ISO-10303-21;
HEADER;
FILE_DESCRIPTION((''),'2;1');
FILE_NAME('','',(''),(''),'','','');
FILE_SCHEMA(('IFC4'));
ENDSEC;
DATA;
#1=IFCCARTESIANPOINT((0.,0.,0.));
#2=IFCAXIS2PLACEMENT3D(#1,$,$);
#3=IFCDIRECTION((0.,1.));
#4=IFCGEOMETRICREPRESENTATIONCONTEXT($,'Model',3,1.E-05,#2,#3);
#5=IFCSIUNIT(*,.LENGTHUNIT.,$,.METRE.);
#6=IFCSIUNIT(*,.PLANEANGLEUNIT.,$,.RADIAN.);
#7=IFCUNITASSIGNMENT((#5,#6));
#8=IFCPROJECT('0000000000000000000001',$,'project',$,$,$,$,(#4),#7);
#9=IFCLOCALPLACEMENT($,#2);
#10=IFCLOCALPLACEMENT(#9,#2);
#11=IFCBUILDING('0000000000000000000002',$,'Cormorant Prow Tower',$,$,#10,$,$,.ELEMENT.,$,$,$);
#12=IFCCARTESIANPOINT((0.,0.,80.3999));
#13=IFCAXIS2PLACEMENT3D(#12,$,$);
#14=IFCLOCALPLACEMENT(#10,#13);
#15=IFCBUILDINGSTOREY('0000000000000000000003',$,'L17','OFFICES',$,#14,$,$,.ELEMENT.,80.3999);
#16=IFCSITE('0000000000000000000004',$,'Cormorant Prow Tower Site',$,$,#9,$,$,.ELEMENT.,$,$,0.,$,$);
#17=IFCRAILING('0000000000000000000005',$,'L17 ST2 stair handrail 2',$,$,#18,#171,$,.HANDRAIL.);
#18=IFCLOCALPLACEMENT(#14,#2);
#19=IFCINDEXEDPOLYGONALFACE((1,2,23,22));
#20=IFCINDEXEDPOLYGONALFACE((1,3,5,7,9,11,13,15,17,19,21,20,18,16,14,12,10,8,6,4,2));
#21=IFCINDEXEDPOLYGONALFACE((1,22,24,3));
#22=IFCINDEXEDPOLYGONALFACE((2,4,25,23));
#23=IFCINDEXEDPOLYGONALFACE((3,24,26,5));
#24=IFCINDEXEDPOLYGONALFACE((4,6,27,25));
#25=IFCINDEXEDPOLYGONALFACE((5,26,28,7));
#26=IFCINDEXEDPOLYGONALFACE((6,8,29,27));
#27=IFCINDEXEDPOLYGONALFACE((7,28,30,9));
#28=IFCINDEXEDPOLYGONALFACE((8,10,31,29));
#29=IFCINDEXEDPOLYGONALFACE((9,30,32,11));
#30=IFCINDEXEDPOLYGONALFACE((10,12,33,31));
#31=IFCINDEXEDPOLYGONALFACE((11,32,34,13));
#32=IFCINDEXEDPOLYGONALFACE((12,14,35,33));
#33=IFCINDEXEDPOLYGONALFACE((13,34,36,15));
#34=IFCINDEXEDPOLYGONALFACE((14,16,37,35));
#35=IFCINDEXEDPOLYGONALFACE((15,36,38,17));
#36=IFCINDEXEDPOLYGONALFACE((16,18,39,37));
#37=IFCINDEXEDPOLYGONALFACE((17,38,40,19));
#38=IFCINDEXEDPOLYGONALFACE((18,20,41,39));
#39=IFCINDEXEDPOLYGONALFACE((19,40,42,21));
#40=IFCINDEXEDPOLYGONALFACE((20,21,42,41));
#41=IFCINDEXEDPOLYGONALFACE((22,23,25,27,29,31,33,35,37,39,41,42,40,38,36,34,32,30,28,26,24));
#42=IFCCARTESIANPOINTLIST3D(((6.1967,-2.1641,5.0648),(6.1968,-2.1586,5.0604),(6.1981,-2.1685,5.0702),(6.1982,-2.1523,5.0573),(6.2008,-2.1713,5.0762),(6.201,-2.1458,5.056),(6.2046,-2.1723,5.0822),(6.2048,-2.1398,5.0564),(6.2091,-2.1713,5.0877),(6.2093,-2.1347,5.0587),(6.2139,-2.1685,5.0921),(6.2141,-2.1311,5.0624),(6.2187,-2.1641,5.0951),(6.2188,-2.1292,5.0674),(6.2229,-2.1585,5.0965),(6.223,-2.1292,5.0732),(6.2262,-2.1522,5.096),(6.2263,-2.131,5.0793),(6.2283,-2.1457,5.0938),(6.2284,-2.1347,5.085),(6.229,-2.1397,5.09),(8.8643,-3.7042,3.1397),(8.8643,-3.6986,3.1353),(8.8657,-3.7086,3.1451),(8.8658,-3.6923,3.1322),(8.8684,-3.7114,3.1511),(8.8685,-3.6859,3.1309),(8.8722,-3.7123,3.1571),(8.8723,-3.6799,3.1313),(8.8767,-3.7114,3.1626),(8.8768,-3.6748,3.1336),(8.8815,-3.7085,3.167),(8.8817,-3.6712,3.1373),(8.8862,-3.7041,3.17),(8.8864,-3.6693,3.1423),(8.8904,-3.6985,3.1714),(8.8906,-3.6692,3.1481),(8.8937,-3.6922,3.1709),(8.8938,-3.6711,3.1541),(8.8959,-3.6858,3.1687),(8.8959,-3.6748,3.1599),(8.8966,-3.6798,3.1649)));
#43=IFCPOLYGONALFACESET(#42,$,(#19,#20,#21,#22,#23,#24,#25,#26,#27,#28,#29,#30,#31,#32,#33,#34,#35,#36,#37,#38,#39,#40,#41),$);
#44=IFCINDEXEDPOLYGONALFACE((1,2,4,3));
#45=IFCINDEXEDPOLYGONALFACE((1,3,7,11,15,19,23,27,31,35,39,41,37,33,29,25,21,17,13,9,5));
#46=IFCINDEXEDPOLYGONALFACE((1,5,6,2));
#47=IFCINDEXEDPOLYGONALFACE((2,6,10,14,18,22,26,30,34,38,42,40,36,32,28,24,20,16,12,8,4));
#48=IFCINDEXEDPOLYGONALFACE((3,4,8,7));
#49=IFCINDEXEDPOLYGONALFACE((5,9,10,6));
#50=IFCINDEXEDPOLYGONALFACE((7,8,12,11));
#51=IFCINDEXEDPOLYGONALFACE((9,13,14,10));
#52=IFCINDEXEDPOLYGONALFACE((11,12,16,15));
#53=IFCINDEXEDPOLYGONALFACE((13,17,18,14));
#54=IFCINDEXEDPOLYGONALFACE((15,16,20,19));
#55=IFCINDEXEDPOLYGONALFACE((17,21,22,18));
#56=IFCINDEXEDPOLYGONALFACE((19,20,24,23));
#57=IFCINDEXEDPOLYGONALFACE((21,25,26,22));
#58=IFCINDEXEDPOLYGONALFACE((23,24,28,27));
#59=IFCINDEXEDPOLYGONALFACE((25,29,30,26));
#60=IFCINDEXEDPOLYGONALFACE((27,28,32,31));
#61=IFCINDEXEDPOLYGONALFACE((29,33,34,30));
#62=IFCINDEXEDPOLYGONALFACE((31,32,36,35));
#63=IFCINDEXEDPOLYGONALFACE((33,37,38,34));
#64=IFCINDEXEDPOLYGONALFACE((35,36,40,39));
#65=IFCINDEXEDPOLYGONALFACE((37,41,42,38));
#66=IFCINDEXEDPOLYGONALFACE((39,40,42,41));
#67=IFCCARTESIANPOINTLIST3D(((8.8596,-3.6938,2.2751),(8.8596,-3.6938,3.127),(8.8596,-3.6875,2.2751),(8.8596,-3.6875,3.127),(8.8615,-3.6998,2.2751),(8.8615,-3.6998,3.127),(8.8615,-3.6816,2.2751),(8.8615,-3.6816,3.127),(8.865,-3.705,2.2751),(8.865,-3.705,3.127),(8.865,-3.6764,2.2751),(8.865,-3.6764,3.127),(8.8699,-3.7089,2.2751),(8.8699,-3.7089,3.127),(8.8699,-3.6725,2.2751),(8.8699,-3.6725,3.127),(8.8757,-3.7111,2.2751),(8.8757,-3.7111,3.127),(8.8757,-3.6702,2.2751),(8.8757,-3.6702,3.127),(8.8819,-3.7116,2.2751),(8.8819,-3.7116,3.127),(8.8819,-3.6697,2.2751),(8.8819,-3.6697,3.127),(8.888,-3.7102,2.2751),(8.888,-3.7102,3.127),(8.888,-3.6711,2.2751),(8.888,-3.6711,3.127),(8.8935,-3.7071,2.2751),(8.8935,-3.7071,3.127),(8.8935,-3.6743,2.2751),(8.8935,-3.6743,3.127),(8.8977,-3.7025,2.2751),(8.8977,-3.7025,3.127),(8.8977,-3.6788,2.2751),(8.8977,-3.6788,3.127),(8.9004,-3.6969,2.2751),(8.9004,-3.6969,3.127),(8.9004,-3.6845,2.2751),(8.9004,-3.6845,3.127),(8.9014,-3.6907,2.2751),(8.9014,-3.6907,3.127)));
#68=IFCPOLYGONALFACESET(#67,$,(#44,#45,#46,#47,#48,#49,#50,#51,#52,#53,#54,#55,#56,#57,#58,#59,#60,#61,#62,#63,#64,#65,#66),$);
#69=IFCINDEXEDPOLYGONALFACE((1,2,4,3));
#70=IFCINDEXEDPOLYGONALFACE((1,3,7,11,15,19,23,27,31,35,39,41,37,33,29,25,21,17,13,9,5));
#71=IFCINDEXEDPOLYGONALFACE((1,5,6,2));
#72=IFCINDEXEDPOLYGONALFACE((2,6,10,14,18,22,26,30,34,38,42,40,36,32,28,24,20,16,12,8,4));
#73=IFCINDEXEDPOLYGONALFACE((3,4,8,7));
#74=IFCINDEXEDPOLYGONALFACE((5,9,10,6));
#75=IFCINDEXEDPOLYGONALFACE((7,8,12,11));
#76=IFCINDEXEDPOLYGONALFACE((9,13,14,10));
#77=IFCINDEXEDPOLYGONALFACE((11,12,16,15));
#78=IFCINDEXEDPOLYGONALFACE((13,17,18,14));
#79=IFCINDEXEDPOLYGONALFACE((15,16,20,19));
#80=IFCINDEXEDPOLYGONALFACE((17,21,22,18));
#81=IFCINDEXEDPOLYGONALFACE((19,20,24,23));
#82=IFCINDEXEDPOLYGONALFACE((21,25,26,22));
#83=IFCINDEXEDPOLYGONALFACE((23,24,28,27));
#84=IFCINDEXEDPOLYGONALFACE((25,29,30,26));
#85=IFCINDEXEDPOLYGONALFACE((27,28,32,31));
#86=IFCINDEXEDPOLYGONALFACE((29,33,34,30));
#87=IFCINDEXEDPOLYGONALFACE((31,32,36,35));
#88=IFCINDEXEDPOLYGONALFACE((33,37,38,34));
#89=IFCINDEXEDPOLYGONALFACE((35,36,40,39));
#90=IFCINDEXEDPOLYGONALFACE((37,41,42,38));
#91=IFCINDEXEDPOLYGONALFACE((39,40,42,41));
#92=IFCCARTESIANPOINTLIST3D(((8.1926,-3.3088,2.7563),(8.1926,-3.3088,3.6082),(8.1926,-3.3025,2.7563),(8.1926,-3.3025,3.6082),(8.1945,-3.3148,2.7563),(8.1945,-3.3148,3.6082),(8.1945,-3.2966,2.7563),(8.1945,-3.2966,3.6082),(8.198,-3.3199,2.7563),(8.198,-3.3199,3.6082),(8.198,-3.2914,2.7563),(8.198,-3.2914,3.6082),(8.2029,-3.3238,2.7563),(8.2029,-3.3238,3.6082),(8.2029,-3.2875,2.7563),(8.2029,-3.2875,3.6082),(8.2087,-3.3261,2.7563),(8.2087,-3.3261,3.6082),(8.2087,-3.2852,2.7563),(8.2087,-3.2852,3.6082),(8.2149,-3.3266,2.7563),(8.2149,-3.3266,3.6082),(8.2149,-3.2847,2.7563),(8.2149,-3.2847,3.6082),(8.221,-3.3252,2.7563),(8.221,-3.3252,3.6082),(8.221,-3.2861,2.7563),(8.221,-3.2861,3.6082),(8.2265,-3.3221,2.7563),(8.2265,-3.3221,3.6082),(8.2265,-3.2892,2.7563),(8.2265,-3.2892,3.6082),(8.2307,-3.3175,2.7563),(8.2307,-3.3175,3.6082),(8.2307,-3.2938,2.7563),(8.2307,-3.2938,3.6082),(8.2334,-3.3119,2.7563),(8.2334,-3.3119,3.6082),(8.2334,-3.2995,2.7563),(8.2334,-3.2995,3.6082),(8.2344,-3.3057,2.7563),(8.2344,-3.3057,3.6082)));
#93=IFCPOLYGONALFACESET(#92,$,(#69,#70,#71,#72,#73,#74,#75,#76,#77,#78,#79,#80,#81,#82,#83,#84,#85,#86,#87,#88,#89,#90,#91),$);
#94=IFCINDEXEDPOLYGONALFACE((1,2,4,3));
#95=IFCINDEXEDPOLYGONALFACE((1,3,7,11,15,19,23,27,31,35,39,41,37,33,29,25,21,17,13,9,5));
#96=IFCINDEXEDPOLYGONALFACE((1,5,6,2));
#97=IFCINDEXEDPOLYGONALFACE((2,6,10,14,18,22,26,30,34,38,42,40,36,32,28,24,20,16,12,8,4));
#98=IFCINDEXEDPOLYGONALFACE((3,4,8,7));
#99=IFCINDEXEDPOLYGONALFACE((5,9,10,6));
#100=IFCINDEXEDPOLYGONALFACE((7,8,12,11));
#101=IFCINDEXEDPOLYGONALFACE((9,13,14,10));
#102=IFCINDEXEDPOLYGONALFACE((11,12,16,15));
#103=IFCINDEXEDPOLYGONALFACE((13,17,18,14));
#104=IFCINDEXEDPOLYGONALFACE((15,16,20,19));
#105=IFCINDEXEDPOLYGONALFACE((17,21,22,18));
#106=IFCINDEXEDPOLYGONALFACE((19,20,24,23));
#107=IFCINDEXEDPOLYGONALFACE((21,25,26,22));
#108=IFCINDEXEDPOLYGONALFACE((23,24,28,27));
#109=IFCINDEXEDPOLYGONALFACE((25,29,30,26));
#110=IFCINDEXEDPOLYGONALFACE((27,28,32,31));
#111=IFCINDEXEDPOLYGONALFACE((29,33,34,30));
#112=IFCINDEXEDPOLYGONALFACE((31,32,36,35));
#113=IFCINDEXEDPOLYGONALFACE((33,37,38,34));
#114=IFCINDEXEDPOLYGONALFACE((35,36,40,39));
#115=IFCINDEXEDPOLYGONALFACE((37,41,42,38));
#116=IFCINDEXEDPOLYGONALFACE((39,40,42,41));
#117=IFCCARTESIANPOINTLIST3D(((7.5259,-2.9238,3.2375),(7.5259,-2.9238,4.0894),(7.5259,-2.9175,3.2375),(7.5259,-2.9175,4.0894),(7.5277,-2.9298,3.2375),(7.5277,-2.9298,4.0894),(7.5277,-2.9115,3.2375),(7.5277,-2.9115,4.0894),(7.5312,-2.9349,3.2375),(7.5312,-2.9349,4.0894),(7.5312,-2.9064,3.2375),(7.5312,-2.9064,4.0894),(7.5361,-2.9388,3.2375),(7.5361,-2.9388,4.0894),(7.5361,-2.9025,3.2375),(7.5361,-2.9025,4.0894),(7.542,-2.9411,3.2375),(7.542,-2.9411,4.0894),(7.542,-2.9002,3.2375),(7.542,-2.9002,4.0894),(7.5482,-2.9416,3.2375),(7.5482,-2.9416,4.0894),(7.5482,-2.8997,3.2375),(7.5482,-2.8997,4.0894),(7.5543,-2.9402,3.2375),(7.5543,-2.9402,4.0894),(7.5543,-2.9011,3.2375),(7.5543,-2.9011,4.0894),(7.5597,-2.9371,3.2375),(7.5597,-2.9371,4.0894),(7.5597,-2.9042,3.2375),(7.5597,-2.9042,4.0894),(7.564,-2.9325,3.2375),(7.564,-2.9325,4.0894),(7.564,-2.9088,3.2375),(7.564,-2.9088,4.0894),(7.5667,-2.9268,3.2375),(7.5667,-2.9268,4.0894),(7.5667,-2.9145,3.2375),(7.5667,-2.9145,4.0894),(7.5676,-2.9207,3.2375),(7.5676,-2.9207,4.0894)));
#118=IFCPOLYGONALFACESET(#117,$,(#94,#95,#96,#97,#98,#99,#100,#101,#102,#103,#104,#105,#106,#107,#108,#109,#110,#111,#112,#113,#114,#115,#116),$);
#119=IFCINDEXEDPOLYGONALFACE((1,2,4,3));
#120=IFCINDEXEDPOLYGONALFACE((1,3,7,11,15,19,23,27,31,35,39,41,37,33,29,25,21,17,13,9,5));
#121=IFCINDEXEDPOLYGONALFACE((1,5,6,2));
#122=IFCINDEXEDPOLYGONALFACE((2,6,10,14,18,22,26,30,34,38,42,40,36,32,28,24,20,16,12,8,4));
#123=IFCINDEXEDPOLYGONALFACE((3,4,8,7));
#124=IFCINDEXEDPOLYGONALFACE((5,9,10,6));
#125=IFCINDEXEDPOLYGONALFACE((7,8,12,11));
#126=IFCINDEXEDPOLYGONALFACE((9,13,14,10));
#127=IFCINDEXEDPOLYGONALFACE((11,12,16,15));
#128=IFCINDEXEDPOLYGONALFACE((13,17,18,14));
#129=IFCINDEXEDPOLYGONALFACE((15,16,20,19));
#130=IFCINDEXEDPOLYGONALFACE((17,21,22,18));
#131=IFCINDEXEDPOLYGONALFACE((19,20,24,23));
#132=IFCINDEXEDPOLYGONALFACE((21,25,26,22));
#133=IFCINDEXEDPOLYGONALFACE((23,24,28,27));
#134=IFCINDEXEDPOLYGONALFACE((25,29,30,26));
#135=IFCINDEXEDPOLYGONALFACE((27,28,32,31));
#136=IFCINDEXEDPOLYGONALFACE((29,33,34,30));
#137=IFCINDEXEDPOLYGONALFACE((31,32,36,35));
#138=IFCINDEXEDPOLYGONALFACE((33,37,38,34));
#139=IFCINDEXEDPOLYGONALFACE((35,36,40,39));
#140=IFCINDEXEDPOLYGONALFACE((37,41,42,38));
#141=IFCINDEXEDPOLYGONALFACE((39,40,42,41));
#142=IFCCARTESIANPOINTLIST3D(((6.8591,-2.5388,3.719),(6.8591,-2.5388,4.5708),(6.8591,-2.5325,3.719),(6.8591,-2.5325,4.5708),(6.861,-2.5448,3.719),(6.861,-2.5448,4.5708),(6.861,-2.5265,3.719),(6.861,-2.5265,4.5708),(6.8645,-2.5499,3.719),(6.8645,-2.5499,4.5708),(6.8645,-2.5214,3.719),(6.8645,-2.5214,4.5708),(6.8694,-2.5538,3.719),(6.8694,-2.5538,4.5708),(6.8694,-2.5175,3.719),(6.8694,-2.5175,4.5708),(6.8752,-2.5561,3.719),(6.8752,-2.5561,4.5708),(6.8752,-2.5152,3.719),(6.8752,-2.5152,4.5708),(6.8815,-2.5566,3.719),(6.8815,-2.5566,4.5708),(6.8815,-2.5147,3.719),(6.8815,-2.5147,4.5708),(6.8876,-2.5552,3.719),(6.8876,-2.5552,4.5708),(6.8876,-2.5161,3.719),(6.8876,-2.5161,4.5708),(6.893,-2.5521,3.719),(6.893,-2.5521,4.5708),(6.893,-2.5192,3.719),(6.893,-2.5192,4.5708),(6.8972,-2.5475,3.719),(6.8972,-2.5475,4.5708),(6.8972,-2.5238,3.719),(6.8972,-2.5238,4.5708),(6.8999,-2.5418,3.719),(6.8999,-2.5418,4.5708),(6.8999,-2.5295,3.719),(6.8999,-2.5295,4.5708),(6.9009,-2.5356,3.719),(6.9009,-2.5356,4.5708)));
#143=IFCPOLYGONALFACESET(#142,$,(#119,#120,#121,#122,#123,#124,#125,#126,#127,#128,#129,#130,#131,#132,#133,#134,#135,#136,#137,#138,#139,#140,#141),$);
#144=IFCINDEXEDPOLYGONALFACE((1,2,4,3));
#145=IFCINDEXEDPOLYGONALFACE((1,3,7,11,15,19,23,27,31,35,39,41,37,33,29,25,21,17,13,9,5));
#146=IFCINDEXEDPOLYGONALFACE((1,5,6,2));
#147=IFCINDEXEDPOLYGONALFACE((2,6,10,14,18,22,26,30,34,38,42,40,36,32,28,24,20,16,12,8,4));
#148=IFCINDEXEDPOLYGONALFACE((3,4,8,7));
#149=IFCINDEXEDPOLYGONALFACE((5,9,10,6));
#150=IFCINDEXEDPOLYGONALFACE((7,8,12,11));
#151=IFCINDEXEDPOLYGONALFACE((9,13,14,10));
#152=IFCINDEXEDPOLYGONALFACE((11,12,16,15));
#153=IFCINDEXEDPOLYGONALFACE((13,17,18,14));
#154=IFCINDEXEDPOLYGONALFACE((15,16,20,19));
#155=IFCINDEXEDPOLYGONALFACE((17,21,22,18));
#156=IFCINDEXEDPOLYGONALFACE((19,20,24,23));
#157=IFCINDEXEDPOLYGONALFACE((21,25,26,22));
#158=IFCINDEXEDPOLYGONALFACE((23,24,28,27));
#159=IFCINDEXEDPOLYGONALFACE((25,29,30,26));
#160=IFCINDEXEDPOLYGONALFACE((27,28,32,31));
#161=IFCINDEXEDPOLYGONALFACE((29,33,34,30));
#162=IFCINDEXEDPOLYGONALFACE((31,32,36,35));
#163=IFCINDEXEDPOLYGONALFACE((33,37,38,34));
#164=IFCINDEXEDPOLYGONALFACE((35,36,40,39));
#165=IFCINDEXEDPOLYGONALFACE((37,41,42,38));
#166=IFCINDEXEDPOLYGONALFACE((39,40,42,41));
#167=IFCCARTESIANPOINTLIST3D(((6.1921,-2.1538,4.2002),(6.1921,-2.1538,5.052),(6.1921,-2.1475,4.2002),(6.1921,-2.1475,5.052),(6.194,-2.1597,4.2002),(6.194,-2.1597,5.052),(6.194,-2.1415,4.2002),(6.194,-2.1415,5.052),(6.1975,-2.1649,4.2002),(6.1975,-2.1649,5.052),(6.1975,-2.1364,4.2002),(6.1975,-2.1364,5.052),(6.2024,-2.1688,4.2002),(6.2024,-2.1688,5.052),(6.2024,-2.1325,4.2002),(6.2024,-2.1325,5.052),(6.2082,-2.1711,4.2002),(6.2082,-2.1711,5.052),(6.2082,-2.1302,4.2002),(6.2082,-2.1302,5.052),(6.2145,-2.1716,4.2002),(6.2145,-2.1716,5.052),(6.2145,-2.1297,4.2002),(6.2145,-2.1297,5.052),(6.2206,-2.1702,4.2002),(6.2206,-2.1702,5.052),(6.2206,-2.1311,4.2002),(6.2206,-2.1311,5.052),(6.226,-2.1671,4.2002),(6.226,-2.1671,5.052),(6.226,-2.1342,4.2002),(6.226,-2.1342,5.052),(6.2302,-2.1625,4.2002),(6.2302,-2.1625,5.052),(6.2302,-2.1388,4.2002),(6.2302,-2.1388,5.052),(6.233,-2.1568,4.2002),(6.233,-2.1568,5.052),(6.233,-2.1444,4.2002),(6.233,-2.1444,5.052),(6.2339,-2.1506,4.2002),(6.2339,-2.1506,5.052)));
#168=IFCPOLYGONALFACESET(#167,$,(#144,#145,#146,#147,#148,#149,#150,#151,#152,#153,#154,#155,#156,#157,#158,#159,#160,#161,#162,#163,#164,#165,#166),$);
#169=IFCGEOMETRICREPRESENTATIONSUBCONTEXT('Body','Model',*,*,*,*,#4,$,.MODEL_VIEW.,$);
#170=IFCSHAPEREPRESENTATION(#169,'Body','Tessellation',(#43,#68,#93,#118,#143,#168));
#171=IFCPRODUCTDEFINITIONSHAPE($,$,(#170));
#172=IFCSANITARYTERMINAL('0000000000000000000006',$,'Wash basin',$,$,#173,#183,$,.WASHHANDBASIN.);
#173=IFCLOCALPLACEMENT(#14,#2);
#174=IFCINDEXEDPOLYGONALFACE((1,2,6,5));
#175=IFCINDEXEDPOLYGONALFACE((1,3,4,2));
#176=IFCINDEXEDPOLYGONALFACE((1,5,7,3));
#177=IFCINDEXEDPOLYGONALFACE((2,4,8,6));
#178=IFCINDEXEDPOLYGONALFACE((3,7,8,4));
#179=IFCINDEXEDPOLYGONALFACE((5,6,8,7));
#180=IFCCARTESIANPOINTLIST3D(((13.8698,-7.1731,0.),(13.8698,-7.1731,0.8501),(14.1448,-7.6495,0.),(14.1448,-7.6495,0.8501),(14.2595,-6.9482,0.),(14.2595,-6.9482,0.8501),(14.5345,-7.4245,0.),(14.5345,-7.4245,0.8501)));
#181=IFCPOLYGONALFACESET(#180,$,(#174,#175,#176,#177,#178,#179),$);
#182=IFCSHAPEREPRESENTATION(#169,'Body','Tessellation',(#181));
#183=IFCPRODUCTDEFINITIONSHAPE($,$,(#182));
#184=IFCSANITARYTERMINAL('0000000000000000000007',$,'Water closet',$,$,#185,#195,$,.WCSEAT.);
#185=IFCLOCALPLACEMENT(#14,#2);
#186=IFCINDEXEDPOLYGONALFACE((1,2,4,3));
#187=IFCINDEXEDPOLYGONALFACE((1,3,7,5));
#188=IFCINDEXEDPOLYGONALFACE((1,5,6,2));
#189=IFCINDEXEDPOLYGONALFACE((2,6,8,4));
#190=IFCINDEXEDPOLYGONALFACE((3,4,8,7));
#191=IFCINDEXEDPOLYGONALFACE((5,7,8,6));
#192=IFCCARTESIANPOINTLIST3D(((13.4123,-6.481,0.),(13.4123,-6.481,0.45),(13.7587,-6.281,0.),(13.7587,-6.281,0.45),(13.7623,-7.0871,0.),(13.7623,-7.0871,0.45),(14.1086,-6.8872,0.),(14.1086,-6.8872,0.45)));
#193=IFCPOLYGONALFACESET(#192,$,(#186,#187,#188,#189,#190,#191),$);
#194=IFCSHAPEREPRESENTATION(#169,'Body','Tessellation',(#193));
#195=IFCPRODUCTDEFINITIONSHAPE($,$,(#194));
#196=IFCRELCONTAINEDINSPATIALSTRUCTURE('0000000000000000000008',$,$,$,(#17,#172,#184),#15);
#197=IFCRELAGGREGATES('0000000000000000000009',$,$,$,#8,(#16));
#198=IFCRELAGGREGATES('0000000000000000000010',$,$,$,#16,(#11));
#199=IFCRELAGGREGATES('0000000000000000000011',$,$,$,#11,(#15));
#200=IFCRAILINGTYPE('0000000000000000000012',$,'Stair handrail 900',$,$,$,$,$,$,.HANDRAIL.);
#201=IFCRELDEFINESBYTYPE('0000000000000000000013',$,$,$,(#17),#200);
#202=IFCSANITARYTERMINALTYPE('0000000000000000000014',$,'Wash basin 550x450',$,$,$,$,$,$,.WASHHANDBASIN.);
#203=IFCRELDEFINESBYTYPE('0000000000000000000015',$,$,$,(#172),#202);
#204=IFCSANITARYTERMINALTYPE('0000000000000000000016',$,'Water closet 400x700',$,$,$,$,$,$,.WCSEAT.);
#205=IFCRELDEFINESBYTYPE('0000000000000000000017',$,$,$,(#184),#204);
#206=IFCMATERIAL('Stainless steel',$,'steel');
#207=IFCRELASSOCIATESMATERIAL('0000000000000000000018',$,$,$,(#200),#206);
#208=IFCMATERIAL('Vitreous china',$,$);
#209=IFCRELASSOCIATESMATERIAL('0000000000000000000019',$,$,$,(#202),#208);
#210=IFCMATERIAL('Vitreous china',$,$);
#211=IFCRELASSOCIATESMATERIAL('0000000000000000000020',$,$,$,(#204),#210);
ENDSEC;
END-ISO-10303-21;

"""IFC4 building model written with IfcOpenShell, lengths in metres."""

from ifc_helpers import new_model, si_unit, direction, frame, origin, origin_2d, place, context, subcontext, project, spatial, rectangle, circle, extrude, material, type_object, element, save


model = new_model("IFC4")

# Units and contexts
model_context = context("Model", 3, precision=1e-05, world=origin(), true_north=direction((0.0, 1.0)))
body_context = subcontext(model_context, "Body", "Model", "MODEL_VIEW")
ifc_project = project(units=[si_unit("LENGTHUNIT", "METRE"), si_unit("PLANEANGLEUNIT", "RADIAN")], contexts=[model_context])

# Site, building, storey
site_placement = place(None, origin())
site = spatial("IfcSite", under=ifc_project, at=site_placement, Name="Cormorant Prow Tower Site", CompositionType="ELEMENT", RefElevation=0.0)
building_placement = place(site_placement, origin())
building = spatial("IfcBuilding", under=site, at=building_placement, Name="Cormorant Prow Tower", CompositionType="ELEMENT")
storey_placement = place(building_placement, frame((0.0, 0.0, 80.3999)))
storey = spatial("IfcBuildingStorey", under=building, at=storey_placement, Name="L17", Description="OFFICES", CompositionType="ELEMENT", Elevation=80.3999)

# Railing
ifc_material_1 = material(Name="Stainless steel", Category="steel")
railing_type_1 = type_object("IfcRailingType", Name="Stair handrail 900", PredefinedType="HANDRAIL", material=ifc_material_1)
railing_1_placement = place(storey_placement, frame((8.8804, -3.6907, 2.2751)))
element("IfcRailing", 1, at=railing_1_placement, inside=storey, type_object=railing_type_1, Name="L17 ST2 stair handrail 2", PredefinedType="HANDRAIL", context=body_context, shape_type="SweptSolid", body=[
    extrude(circle(Radius=0.0239, at=origin_2d()), frame((0.0, 0.0, 0.876), z_axis=(-0.734395, 0.423994, 0.529993), x_axis=(-0.499992, -0.86603, 0.0)), (0.0, 0.0, 1.0), 3.6323),
    extrude(circle(Radius=0.021, at=origin_2d()), origin(), (0.0, 0.0, 1.0), 0.8518),
    extrude(circle(Radius=0.021, at=origin_2d()), frame((-0.667, 0.385, 0.4812)), (0.0, 0.0, 1.0), 0.8518),
    extrude(circle(Radius=0.021, at=origin_2d()), frame((-1.3337, 0.77, 0.9624)), (0.0, 0.0, 1.0), 0.8518),
    extrude(circle(Radius=0.021, at=origin_2d()), frame((-2.0005, 1.155, 1.4438)), (0.0, 0.0, 1.0), 0.8518),
    extrude(circle(Radius=0.021, at=origin_2d()), frame((-2.6675, 1.54, 1.925)), (0.0, 0.0, 1.0), 0.8518),
])

# Sanitary terminals
ifc_material_2 = material(Name="Vitreous china")
sanitary_terminal_type_1 = type_object("IfcSanitaryTerminalType", Name="Wash basin 550x450", PredefinedType="WASHHANDBASIN", material=ifc_material_2)
sanitary_terminal_1_placement = place(storey_placement, frame((14.2021, -7.2988, 0.0), z_axis=(0.0, 0.0, 1.0), x_axis=(-0.5, 0.866025, 0.0)))
element("IfcSanitaryTerminal", 2, at=sanitary_terminal_1_placement, inside=storey, type_object=sanitary_terminal_type_1, Name="Wash basin", PredefinedType="WASHHANDBASIN", context=body_context, shape_type="SweptSolid", body=[
    extrude(rectangle(XDim=0.55, YDim=0.45, at=origin_2d()), origin(), (0.0, 0.0, 1.0), 0.8501),
])
ifc_material_3 = material(Name="Vitreous china")
sanitary_terminal_type_2 = type_object("IfcSanitaryTerminalType", Name="Water closet 400x700", PredefinedType="WCSEAT", material=ifc_material_3)
sanitary_terminal_2_placement = place(storey_placement, frame((13.7605, -6.6841, 0.0), z_axis=(0.0, 0.0, 1.0), x_axis=(-0.866025, -0.5, 0.0)))
element("IfcSanitaryTerminal", 3, at=sanitary_terminal_2_placement, inside=storey, type_object=sanitary_terminal_type_2, Name="Water closet", PredefinedType="WCSEAT", context=body_context, shape_type="SweptSolid", body=[
    extrude(rectangle(XDim=0.3999, YDim=0.7, at=origin_2d()), origin(), (0.0, 0.0, 1.0), 0.45),
])

save(model, "model.ifc")
